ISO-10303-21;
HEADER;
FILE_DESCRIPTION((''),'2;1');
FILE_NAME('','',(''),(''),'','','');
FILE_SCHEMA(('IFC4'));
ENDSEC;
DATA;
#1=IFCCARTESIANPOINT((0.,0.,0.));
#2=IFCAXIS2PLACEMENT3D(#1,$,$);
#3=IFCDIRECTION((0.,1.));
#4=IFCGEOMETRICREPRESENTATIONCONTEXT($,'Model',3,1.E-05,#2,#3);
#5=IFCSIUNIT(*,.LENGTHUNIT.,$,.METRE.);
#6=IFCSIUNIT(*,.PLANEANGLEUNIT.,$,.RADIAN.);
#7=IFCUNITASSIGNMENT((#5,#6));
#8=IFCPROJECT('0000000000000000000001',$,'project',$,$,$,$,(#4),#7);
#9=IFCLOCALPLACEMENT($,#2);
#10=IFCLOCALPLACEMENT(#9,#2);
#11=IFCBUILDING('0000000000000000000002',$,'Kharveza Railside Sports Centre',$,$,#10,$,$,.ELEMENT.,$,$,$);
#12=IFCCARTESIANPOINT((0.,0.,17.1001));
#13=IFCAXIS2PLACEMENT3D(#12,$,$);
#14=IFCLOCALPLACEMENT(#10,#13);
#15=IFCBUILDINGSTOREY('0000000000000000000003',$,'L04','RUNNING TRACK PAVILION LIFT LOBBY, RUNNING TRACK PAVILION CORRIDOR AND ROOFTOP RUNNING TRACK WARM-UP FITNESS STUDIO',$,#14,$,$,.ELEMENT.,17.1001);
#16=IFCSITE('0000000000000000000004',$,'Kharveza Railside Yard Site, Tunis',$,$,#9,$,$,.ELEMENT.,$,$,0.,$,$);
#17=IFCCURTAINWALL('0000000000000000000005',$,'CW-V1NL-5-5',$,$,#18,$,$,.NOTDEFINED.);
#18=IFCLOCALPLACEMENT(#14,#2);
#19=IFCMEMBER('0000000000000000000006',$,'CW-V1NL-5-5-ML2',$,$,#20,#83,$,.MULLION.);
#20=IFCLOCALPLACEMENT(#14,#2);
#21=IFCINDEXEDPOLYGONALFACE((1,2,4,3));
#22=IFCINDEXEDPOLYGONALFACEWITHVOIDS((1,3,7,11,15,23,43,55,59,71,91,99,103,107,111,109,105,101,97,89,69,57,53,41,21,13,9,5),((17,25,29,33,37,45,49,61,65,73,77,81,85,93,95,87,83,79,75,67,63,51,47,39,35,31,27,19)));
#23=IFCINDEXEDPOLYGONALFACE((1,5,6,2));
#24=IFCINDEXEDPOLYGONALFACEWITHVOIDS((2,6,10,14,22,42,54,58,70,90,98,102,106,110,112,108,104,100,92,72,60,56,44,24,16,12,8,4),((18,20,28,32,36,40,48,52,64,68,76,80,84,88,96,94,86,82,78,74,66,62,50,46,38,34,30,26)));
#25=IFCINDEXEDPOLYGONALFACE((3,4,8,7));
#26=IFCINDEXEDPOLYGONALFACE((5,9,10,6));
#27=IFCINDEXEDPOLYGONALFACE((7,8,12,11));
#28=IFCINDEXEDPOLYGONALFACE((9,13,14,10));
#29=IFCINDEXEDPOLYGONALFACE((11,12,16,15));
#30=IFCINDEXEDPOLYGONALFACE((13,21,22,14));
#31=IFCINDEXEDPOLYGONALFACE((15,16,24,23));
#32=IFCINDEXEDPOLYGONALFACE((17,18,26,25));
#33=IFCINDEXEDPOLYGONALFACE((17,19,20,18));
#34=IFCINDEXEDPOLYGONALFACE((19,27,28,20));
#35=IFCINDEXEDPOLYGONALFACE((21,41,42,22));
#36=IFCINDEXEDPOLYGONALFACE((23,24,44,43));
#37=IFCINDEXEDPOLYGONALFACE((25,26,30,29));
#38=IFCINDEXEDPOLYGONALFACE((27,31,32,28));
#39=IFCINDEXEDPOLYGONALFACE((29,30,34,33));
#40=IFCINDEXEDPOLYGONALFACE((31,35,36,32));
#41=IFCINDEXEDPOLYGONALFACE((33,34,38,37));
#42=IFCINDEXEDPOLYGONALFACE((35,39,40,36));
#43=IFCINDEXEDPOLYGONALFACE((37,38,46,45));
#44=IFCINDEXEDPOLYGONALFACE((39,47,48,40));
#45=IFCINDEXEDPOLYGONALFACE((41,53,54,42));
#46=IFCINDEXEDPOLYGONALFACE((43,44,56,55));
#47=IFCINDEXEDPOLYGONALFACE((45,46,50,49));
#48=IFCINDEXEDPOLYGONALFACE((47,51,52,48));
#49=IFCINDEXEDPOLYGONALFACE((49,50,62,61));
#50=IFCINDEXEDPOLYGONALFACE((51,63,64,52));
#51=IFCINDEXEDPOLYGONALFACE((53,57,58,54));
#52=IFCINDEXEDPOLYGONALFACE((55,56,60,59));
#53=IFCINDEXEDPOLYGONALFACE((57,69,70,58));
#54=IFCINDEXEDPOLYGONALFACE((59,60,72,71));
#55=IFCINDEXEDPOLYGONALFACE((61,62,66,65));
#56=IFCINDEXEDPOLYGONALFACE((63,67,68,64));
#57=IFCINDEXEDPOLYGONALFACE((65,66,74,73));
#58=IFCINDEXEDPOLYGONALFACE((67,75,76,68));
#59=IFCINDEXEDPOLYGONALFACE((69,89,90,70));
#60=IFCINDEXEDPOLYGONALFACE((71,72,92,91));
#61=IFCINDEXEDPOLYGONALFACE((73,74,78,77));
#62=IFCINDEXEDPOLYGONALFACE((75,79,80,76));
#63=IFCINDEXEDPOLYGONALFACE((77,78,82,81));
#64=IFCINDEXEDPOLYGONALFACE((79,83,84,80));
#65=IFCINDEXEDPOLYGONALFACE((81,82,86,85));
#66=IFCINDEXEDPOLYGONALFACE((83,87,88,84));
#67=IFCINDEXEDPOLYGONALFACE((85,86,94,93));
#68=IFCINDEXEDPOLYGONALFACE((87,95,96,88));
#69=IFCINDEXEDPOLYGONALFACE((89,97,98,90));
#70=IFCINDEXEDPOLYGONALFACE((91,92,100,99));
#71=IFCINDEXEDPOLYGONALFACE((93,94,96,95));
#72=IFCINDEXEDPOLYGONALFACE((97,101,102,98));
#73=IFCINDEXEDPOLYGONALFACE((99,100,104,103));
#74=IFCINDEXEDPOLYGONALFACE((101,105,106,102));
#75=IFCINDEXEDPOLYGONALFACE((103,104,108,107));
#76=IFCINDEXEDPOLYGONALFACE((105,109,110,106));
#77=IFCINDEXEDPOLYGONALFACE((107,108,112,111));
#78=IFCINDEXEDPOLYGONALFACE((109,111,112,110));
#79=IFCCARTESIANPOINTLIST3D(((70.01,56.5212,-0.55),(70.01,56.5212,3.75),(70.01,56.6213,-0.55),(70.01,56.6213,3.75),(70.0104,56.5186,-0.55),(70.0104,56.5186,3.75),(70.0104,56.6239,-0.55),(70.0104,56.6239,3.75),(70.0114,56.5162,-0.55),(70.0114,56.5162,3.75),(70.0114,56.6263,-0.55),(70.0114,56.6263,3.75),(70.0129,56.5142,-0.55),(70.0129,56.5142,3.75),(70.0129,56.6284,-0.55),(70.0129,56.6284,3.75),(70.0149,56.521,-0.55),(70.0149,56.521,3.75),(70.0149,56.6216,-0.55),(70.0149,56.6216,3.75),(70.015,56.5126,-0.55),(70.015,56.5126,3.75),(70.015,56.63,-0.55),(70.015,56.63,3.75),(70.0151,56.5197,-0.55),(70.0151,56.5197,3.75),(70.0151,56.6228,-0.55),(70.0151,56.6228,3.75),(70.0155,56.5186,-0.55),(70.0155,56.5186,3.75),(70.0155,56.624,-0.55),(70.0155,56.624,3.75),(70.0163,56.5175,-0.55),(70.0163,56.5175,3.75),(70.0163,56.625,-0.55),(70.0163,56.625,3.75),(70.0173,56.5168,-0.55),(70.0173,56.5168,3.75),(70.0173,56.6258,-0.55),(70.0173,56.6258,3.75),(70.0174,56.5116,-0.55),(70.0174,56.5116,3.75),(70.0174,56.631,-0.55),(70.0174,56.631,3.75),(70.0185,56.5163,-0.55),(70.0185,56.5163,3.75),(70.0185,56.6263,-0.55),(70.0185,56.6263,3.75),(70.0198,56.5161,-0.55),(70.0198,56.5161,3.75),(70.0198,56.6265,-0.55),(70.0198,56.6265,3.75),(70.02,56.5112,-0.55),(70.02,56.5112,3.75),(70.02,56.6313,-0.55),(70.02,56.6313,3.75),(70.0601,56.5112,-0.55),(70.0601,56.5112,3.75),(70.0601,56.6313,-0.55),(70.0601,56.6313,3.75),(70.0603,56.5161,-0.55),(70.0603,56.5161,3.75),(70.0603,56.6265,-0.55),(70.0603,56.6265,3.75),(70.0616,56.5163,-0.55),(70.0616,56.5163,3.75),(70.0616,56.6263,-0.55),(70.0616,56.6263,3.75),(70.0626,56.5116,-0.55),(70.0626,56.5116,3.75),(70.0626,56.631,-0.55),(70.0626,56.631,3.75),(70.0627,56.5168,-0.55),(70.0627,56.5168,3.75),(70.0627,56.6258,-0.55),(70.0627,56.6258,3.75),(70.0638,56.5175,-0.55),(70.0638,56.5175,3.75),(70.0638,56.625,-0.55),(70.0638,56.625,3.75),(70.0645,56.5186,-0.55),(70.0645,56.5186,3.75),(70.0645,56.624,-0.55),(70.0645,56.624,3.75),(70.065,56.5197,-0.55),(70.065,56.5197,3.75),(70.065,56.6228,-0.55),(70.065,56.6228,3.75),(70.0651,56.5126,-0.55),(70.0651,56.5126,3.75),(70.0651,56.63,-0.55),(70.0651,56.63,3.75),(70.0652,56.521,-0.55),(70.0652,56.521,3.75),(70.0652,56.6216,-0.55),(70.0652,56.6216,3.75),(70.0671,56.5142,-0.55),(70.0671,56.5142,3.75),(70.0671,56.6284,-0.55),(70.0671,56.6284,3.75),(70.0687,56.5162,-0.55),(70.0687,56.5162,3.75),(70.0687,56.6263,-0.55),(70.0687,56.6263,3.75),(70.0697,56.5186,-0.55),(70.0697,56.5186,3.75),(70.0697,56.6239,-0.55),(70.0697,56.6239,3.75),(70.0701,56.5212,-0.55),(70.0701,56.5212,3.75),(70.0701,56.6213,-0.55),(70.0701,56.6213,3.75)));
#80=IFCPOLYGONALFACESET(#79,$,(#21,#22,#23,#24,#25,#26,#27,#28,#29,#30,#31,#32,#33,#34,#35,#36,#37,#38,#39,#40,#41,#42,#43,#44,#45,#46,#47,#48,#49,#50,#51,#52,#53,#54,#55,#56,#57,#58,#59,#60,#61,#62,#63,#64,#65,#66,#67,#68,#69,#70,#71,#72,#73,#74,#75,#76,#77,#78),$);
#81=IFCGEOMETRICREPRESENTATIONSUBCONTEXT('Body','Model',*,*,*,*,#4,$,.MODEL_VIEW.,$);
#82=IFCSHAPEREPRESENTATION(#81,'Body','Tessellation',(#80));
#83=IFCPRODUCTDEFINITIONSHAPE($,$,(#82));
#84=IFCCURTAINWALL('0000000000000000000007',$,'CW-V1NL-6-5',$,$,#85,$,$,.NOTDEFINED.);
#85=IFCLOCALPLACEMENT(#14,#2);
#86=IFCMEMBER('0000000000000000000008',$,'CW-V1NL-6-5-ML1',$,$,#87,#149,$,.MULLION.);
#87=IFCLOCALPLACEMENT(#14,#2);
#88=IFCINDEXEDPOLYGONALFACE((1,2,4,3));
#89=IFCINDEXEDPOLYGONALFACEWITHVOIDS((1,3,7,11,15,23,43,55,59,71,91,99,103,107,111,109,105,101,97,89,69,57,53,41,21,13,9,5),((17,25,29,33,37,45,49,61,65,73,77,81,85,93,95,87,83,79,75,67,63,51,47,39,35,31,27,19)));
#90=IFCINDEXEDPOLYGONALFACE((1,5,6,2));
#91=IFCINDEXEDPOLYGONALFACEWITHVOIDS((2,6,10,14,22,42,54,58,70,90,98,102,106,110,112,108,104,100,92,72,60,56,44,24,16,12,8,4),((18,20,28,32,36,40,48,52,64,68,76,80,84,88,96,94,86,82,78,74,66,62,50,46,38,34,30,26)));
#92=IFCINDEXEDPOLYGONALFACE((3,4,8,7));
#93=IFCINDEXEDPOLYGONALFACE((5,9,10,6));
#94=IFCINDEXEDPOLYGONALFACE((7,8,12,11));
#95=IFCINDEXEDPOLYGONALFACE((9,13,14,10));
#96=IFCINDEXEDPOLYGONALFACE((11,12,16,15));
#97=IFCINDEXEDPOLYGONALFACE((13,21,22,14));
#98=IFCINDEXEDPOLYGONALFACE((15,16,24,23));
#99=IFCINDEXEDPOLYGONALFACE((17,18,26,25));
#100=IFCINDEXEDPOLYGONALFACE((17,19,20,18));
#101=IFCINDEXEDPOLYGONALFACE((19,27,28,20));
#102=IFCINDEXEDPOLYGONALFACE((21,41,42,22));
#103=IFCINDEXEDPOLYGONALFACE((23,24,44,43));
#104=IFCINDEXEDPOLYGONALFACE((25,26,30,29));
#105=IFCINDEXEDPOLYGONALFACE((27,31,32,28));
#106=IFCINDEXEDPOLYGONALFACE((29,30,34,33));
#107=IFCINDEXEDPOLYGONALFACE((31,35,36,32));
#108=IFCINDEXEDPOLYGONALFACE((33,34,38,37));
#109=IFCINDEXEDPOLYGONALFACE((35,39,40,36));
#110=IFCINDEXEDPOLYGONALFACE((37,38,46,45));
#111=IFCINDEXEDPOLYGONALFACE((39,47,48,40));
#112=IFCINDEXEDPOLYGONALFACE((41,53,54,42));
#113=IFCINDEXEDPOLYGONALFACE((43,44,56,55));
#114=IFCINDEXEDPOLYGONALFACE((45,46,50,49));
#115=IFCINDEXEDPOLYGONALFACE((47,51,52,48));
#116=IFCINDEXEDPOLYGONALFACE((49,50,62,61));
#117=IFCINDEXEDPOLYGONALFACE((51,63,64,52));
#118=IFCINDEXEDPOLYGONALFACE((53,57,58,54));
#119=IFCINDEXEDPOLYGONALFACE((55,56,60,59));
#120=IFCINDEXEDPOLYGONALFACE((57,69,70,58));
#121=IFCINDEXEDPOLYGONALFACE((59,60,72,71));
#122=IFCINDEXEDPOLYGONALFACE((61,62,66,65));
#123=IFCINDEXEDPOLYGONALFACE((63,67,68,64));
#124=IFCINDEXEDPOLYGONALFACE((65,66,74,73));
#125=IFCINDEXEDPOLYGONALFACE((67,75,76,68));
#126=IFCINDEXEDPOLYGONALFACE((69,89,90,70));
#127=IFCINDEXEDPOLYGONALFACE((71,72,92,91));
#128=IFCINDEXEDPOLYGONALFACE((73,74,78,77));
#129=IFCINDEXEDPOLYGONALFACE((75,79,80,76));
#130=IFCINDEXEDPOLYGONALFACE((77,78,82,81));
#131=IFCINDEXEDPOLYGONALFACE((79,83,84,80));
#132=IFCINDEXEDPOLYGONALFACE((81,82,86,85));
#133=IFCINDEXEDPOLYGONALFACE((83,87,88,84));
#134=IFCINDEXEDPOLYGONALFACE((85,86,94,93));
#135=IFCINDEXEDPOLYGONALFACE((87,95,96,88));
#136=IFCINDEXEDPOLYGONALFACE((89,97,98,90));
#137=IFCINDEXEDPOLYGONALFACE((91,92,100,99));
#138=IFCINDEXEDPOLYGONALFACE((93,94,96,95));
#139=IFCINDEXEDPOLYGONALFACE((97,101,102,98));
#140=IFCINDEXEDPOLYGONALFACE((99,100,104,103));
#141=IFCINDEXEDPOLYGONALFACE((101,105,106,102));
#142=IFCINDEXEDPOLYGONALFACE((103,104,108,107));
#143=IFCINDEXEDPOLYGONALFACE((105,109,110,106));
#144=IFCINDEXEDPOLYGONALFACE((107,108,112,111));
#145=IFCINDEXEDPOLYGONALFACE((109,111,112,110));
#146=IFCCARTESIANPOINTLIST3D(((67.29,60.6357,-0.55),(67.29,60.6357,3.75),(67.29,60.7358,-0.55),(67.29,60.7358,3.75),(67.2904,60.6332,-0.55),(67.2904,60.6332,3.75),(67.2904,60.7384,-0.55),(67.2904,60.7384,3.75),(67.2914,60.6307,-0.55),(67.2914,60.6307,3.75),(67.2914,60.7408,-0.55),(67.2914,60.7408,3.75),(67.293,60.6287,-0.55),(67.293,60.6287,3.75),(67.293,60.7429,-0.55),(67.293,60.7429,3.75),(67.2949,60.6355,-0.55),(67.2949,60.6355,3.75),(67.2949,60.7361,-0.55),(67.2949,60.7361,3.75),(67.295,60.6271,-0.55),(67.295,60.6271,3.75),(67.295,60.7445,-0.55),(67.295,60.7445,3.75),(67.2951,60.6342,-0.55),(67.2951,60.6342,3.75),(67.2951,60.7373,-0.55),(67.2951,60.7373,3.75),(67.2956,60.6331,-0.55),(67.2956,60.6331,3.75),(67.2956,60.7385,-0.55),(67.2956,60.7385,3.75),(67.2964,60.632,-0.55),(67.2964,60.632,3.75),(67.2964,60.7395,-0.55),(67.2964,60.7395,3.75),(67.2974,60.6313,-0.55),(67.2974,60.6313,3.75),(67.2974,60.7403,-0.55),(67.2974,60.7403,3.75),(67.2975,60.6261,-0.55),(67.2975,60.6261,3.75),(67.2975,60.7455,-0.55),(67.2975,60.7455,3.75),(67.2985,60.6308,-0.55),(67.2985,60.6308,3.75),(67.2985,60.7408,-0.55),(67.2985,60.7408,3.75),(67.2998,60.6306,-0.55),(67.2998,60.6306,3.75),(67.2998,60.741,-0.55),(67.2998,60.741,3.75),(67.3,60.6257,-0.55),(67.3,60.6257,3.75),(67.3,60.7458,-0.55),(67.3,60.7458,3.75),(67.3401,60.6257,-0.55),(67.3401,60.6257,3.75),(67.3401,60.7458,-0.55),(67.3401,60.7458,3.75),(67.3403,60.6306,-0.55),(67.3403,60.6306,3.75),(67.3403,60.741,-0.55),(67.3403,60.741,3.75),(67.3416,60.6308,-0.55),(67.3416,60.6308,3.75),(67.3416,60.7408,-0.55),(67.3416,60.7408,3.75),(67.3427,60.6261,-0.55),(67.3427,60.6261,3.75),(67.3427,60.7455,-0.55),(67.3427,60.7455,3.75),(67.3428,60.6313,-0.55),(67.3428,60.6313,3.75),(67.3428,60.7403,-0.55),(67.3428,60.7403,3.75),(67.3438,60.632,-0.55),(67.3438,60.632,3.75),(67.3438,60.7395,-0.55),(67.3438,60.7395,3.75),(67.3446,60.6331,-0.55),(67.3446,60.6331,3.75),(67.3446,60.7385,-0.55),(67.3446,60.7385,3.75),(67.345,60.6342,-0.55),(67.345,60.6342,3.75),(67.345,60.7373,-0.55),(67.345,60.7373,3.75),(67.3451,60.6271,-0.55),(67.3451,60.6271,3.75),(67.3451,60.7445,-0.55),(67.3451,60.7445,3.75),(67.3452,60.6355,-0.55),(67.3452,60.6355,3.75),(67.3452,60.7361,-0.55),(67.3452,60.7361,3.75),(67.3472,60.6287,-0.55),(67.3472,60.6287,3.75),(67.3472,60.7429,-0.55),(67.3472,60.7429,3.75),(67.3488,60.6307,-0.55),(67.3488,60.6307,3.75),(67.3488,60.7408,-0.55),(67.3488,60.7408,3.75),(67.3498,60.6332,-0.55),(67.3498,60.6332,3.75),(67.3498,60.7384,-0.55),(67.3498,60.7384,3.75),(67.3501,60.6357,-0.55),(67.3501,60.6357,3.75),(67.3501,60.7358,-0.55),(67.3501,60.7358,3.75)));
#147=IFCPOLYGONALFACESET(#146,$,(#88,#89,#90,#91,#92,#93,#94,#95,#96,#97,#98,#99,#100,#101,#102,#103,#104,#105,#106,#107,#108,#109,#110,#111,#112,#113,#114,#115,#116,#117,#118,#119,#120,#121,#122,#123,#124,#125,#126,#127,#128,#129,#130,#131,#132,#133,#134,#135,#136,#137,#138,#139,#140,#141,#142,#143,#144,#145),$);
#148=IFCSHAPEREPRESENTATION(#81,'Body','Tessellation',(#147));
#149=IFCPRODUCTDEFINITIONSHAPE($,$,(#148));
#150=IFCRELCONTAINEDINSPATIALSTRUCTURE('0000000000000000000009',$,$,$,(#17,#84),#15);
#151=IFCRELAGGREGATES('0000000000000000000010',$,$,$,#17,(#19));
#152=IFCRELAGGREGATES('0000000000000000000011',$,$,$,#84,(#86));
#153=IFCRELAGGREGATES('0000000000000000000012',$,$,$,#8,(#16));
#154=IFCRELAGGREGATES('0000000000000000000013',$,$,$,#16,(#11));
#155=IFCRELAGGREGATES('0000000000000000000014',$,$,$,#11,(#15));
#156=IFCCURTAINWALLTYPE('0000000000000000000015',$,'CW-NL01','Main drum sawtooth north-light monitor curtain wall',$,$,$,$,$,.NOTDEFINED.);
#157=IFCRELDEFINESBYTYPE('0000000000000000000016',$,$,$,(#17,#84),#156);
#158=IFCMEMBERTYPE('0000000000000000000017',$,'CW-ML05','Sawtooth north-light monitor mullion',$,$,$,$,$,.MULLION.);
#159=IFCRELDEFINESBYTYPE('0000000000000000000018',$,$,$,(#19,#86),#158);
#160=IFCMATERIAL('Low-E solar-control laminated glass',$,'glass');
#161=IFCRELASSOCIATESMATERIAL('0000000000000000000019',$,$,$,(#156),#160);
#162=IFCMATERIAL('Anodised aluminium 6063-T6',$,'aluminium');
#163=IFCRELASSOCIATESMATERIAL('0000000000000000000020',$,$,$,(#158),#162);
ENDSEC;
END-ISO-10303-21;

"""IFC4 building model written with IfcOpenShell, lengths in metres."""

from ifc_helpers import new_model, si_unit, direction, frame, origin, origin_2d, place, context, subcontext, project, spatial, hollow_rectangle, extrude, material, material_profile, profile_set, type_object, element, aggregate, save


model = new_model("IFC4")

# Units and contexts
model_context = context("Model", 3, precision=1e-05, world=origin(), true_north=direction((0.0, 1.0)))
body_context = subcontext(model_context, "Body", "Model", "MODEL_VIEW")
ifc_project = project(units=[si_unit("LENGTHUNIT", "METRE"), si_unit("PLANEANGLEUNIT", "RADIAN")], contexts=[model_context])

# Site, building, storey
site_placement = place(None, origin())
site = spatial("IfcSite", under=ifc_project, at=site_placement, Name="Kharveza Railside Yard Site, Tunis", CompositionType="ELEMENT", RefElevation=0.0)
building_placement = place(site_placement, origin())
building = spatial("IfcBuilding", under=site, at=building_placement, Name="Kharveza Railside Sports Centre", CompositionType="ELEMENT")
storey_placement = place(building_placement, frame((0.0, 0.0, 17.1001)))
storey = spatial("IfcBuildingStorey", under=building, at=storey_placement, Name="L04", Description="RUNNING TRACK PAVILION LIFT LOBBY, RUNNING TRACK PAVILION CORRIDOR AND ROOFTOP RUNNING TRACK WARM-UP FITNESS STUDIO", CompositionType="ELEMENT", Elevation=17.1001)

# Shared definitions
ifc_material_1 = material(Name="Low-E solar-control laminated glass", Category="glass")
curtain_wall_type = type_object("IfcCurtainWallType", Name="CW-NL01", Description="Main drum sawtooth north-light monitor curtain wall", PredefinedType="NOTDEFINED", material=ifc_material_1)
ifc_material_2 = material(Name="Anodised aluminium 6063-T6", Category="aluminium")
ifc_material_profile_1 = material_profile(ifc_material_2, hollow_rectangle(XDim=0.0601, YDim=0.1201, WallThickness=0.0049, InnerFilletRadius=0.0049, OuterFilletRadius=0.01, at=origin_2d()), Name="RHS 60x120x5.0")
ifc_profile_set_1 = profile_set([ifc_material_profile_1], Name="Anodised aluminium 6063-T6")
member_type_1 = type_object("IfcMemberType", Name="CW-ML05", Description="Sawtooth north-light monitor mullion", PredefinedType="MULLION", material=ifc_profile_set_1)

# Curtain walls, members
curtain_wall_1_placement = place(storey_placement, origin())
curtain_wall_1 = element("IfcCurtainWall", 1, at=curtain_wall_1_placement, inside=storey, type_object=curtain_wall_type, Name="CW-V1NL-5-5", PredefinedType="NOTDEFINED")
member_1_placement = place(storey_placement, frame((70.04, 56.5713, -0.55), z_axis=(0.0, 0.0, 1.0), x_axis=(1.0, 0.0, 0.0)))
member_1 = element("IfcMember", 2, at=member_1_placement, type_object=member_type_1, Name="CW-V1NL-5-5-ML2", PredefinedType="MULLION", context=body_context, shape_type="SweptSolid", body=[
    extrude(hollow_rectangle(XDim=0.0601, YDim=0.1201, WallThickness=0.0049, InnerFilletRadius=0.0049, OuterFilletRadius=0.01, at=origin_2d()), origin(), (0.0, 0.0, 1.0), 4.3),
])
curtain_wall_2_placement = place(storey_placement, origin())
curtain_wall_2 = element("IfcCurtainWall", 3, at=curtain_wall_2_placement, inside=storey, type_object=curtain_wall_type, Name="CW-V1NL-6-5", PredefinedType="NOTDEFINED")
member_2_placement = place(storey_placement, frame((67.3201, 60.6858, -0.55), z_axis=(0.0, 0.0, 1.0), x_axis=(1.0, 0.0, 0.0)))
member_2 = element("IfcMember", 4, at=member_2_placement, type_object=member_type_1, Name="CW-V1NL-6-5-ML1", PredefinedType="MULLION", context=body_context, shape_type="SweptSolid", body=[
    extrude(hollow_rectangle(XDim=0.0601, YDim=0.1201, WallThickness=0.0049, InnerFilletRadius=0.0049, OuterFilletRadius=0.01, at=origin_2d()), origin(), (0.0, 0.0, 1.0), 4.3),
])

aggregate(curtain_wall_1, [member_1])
aggregate(curtain_wall_2, [member_2])

save(model, "model.ifc")
